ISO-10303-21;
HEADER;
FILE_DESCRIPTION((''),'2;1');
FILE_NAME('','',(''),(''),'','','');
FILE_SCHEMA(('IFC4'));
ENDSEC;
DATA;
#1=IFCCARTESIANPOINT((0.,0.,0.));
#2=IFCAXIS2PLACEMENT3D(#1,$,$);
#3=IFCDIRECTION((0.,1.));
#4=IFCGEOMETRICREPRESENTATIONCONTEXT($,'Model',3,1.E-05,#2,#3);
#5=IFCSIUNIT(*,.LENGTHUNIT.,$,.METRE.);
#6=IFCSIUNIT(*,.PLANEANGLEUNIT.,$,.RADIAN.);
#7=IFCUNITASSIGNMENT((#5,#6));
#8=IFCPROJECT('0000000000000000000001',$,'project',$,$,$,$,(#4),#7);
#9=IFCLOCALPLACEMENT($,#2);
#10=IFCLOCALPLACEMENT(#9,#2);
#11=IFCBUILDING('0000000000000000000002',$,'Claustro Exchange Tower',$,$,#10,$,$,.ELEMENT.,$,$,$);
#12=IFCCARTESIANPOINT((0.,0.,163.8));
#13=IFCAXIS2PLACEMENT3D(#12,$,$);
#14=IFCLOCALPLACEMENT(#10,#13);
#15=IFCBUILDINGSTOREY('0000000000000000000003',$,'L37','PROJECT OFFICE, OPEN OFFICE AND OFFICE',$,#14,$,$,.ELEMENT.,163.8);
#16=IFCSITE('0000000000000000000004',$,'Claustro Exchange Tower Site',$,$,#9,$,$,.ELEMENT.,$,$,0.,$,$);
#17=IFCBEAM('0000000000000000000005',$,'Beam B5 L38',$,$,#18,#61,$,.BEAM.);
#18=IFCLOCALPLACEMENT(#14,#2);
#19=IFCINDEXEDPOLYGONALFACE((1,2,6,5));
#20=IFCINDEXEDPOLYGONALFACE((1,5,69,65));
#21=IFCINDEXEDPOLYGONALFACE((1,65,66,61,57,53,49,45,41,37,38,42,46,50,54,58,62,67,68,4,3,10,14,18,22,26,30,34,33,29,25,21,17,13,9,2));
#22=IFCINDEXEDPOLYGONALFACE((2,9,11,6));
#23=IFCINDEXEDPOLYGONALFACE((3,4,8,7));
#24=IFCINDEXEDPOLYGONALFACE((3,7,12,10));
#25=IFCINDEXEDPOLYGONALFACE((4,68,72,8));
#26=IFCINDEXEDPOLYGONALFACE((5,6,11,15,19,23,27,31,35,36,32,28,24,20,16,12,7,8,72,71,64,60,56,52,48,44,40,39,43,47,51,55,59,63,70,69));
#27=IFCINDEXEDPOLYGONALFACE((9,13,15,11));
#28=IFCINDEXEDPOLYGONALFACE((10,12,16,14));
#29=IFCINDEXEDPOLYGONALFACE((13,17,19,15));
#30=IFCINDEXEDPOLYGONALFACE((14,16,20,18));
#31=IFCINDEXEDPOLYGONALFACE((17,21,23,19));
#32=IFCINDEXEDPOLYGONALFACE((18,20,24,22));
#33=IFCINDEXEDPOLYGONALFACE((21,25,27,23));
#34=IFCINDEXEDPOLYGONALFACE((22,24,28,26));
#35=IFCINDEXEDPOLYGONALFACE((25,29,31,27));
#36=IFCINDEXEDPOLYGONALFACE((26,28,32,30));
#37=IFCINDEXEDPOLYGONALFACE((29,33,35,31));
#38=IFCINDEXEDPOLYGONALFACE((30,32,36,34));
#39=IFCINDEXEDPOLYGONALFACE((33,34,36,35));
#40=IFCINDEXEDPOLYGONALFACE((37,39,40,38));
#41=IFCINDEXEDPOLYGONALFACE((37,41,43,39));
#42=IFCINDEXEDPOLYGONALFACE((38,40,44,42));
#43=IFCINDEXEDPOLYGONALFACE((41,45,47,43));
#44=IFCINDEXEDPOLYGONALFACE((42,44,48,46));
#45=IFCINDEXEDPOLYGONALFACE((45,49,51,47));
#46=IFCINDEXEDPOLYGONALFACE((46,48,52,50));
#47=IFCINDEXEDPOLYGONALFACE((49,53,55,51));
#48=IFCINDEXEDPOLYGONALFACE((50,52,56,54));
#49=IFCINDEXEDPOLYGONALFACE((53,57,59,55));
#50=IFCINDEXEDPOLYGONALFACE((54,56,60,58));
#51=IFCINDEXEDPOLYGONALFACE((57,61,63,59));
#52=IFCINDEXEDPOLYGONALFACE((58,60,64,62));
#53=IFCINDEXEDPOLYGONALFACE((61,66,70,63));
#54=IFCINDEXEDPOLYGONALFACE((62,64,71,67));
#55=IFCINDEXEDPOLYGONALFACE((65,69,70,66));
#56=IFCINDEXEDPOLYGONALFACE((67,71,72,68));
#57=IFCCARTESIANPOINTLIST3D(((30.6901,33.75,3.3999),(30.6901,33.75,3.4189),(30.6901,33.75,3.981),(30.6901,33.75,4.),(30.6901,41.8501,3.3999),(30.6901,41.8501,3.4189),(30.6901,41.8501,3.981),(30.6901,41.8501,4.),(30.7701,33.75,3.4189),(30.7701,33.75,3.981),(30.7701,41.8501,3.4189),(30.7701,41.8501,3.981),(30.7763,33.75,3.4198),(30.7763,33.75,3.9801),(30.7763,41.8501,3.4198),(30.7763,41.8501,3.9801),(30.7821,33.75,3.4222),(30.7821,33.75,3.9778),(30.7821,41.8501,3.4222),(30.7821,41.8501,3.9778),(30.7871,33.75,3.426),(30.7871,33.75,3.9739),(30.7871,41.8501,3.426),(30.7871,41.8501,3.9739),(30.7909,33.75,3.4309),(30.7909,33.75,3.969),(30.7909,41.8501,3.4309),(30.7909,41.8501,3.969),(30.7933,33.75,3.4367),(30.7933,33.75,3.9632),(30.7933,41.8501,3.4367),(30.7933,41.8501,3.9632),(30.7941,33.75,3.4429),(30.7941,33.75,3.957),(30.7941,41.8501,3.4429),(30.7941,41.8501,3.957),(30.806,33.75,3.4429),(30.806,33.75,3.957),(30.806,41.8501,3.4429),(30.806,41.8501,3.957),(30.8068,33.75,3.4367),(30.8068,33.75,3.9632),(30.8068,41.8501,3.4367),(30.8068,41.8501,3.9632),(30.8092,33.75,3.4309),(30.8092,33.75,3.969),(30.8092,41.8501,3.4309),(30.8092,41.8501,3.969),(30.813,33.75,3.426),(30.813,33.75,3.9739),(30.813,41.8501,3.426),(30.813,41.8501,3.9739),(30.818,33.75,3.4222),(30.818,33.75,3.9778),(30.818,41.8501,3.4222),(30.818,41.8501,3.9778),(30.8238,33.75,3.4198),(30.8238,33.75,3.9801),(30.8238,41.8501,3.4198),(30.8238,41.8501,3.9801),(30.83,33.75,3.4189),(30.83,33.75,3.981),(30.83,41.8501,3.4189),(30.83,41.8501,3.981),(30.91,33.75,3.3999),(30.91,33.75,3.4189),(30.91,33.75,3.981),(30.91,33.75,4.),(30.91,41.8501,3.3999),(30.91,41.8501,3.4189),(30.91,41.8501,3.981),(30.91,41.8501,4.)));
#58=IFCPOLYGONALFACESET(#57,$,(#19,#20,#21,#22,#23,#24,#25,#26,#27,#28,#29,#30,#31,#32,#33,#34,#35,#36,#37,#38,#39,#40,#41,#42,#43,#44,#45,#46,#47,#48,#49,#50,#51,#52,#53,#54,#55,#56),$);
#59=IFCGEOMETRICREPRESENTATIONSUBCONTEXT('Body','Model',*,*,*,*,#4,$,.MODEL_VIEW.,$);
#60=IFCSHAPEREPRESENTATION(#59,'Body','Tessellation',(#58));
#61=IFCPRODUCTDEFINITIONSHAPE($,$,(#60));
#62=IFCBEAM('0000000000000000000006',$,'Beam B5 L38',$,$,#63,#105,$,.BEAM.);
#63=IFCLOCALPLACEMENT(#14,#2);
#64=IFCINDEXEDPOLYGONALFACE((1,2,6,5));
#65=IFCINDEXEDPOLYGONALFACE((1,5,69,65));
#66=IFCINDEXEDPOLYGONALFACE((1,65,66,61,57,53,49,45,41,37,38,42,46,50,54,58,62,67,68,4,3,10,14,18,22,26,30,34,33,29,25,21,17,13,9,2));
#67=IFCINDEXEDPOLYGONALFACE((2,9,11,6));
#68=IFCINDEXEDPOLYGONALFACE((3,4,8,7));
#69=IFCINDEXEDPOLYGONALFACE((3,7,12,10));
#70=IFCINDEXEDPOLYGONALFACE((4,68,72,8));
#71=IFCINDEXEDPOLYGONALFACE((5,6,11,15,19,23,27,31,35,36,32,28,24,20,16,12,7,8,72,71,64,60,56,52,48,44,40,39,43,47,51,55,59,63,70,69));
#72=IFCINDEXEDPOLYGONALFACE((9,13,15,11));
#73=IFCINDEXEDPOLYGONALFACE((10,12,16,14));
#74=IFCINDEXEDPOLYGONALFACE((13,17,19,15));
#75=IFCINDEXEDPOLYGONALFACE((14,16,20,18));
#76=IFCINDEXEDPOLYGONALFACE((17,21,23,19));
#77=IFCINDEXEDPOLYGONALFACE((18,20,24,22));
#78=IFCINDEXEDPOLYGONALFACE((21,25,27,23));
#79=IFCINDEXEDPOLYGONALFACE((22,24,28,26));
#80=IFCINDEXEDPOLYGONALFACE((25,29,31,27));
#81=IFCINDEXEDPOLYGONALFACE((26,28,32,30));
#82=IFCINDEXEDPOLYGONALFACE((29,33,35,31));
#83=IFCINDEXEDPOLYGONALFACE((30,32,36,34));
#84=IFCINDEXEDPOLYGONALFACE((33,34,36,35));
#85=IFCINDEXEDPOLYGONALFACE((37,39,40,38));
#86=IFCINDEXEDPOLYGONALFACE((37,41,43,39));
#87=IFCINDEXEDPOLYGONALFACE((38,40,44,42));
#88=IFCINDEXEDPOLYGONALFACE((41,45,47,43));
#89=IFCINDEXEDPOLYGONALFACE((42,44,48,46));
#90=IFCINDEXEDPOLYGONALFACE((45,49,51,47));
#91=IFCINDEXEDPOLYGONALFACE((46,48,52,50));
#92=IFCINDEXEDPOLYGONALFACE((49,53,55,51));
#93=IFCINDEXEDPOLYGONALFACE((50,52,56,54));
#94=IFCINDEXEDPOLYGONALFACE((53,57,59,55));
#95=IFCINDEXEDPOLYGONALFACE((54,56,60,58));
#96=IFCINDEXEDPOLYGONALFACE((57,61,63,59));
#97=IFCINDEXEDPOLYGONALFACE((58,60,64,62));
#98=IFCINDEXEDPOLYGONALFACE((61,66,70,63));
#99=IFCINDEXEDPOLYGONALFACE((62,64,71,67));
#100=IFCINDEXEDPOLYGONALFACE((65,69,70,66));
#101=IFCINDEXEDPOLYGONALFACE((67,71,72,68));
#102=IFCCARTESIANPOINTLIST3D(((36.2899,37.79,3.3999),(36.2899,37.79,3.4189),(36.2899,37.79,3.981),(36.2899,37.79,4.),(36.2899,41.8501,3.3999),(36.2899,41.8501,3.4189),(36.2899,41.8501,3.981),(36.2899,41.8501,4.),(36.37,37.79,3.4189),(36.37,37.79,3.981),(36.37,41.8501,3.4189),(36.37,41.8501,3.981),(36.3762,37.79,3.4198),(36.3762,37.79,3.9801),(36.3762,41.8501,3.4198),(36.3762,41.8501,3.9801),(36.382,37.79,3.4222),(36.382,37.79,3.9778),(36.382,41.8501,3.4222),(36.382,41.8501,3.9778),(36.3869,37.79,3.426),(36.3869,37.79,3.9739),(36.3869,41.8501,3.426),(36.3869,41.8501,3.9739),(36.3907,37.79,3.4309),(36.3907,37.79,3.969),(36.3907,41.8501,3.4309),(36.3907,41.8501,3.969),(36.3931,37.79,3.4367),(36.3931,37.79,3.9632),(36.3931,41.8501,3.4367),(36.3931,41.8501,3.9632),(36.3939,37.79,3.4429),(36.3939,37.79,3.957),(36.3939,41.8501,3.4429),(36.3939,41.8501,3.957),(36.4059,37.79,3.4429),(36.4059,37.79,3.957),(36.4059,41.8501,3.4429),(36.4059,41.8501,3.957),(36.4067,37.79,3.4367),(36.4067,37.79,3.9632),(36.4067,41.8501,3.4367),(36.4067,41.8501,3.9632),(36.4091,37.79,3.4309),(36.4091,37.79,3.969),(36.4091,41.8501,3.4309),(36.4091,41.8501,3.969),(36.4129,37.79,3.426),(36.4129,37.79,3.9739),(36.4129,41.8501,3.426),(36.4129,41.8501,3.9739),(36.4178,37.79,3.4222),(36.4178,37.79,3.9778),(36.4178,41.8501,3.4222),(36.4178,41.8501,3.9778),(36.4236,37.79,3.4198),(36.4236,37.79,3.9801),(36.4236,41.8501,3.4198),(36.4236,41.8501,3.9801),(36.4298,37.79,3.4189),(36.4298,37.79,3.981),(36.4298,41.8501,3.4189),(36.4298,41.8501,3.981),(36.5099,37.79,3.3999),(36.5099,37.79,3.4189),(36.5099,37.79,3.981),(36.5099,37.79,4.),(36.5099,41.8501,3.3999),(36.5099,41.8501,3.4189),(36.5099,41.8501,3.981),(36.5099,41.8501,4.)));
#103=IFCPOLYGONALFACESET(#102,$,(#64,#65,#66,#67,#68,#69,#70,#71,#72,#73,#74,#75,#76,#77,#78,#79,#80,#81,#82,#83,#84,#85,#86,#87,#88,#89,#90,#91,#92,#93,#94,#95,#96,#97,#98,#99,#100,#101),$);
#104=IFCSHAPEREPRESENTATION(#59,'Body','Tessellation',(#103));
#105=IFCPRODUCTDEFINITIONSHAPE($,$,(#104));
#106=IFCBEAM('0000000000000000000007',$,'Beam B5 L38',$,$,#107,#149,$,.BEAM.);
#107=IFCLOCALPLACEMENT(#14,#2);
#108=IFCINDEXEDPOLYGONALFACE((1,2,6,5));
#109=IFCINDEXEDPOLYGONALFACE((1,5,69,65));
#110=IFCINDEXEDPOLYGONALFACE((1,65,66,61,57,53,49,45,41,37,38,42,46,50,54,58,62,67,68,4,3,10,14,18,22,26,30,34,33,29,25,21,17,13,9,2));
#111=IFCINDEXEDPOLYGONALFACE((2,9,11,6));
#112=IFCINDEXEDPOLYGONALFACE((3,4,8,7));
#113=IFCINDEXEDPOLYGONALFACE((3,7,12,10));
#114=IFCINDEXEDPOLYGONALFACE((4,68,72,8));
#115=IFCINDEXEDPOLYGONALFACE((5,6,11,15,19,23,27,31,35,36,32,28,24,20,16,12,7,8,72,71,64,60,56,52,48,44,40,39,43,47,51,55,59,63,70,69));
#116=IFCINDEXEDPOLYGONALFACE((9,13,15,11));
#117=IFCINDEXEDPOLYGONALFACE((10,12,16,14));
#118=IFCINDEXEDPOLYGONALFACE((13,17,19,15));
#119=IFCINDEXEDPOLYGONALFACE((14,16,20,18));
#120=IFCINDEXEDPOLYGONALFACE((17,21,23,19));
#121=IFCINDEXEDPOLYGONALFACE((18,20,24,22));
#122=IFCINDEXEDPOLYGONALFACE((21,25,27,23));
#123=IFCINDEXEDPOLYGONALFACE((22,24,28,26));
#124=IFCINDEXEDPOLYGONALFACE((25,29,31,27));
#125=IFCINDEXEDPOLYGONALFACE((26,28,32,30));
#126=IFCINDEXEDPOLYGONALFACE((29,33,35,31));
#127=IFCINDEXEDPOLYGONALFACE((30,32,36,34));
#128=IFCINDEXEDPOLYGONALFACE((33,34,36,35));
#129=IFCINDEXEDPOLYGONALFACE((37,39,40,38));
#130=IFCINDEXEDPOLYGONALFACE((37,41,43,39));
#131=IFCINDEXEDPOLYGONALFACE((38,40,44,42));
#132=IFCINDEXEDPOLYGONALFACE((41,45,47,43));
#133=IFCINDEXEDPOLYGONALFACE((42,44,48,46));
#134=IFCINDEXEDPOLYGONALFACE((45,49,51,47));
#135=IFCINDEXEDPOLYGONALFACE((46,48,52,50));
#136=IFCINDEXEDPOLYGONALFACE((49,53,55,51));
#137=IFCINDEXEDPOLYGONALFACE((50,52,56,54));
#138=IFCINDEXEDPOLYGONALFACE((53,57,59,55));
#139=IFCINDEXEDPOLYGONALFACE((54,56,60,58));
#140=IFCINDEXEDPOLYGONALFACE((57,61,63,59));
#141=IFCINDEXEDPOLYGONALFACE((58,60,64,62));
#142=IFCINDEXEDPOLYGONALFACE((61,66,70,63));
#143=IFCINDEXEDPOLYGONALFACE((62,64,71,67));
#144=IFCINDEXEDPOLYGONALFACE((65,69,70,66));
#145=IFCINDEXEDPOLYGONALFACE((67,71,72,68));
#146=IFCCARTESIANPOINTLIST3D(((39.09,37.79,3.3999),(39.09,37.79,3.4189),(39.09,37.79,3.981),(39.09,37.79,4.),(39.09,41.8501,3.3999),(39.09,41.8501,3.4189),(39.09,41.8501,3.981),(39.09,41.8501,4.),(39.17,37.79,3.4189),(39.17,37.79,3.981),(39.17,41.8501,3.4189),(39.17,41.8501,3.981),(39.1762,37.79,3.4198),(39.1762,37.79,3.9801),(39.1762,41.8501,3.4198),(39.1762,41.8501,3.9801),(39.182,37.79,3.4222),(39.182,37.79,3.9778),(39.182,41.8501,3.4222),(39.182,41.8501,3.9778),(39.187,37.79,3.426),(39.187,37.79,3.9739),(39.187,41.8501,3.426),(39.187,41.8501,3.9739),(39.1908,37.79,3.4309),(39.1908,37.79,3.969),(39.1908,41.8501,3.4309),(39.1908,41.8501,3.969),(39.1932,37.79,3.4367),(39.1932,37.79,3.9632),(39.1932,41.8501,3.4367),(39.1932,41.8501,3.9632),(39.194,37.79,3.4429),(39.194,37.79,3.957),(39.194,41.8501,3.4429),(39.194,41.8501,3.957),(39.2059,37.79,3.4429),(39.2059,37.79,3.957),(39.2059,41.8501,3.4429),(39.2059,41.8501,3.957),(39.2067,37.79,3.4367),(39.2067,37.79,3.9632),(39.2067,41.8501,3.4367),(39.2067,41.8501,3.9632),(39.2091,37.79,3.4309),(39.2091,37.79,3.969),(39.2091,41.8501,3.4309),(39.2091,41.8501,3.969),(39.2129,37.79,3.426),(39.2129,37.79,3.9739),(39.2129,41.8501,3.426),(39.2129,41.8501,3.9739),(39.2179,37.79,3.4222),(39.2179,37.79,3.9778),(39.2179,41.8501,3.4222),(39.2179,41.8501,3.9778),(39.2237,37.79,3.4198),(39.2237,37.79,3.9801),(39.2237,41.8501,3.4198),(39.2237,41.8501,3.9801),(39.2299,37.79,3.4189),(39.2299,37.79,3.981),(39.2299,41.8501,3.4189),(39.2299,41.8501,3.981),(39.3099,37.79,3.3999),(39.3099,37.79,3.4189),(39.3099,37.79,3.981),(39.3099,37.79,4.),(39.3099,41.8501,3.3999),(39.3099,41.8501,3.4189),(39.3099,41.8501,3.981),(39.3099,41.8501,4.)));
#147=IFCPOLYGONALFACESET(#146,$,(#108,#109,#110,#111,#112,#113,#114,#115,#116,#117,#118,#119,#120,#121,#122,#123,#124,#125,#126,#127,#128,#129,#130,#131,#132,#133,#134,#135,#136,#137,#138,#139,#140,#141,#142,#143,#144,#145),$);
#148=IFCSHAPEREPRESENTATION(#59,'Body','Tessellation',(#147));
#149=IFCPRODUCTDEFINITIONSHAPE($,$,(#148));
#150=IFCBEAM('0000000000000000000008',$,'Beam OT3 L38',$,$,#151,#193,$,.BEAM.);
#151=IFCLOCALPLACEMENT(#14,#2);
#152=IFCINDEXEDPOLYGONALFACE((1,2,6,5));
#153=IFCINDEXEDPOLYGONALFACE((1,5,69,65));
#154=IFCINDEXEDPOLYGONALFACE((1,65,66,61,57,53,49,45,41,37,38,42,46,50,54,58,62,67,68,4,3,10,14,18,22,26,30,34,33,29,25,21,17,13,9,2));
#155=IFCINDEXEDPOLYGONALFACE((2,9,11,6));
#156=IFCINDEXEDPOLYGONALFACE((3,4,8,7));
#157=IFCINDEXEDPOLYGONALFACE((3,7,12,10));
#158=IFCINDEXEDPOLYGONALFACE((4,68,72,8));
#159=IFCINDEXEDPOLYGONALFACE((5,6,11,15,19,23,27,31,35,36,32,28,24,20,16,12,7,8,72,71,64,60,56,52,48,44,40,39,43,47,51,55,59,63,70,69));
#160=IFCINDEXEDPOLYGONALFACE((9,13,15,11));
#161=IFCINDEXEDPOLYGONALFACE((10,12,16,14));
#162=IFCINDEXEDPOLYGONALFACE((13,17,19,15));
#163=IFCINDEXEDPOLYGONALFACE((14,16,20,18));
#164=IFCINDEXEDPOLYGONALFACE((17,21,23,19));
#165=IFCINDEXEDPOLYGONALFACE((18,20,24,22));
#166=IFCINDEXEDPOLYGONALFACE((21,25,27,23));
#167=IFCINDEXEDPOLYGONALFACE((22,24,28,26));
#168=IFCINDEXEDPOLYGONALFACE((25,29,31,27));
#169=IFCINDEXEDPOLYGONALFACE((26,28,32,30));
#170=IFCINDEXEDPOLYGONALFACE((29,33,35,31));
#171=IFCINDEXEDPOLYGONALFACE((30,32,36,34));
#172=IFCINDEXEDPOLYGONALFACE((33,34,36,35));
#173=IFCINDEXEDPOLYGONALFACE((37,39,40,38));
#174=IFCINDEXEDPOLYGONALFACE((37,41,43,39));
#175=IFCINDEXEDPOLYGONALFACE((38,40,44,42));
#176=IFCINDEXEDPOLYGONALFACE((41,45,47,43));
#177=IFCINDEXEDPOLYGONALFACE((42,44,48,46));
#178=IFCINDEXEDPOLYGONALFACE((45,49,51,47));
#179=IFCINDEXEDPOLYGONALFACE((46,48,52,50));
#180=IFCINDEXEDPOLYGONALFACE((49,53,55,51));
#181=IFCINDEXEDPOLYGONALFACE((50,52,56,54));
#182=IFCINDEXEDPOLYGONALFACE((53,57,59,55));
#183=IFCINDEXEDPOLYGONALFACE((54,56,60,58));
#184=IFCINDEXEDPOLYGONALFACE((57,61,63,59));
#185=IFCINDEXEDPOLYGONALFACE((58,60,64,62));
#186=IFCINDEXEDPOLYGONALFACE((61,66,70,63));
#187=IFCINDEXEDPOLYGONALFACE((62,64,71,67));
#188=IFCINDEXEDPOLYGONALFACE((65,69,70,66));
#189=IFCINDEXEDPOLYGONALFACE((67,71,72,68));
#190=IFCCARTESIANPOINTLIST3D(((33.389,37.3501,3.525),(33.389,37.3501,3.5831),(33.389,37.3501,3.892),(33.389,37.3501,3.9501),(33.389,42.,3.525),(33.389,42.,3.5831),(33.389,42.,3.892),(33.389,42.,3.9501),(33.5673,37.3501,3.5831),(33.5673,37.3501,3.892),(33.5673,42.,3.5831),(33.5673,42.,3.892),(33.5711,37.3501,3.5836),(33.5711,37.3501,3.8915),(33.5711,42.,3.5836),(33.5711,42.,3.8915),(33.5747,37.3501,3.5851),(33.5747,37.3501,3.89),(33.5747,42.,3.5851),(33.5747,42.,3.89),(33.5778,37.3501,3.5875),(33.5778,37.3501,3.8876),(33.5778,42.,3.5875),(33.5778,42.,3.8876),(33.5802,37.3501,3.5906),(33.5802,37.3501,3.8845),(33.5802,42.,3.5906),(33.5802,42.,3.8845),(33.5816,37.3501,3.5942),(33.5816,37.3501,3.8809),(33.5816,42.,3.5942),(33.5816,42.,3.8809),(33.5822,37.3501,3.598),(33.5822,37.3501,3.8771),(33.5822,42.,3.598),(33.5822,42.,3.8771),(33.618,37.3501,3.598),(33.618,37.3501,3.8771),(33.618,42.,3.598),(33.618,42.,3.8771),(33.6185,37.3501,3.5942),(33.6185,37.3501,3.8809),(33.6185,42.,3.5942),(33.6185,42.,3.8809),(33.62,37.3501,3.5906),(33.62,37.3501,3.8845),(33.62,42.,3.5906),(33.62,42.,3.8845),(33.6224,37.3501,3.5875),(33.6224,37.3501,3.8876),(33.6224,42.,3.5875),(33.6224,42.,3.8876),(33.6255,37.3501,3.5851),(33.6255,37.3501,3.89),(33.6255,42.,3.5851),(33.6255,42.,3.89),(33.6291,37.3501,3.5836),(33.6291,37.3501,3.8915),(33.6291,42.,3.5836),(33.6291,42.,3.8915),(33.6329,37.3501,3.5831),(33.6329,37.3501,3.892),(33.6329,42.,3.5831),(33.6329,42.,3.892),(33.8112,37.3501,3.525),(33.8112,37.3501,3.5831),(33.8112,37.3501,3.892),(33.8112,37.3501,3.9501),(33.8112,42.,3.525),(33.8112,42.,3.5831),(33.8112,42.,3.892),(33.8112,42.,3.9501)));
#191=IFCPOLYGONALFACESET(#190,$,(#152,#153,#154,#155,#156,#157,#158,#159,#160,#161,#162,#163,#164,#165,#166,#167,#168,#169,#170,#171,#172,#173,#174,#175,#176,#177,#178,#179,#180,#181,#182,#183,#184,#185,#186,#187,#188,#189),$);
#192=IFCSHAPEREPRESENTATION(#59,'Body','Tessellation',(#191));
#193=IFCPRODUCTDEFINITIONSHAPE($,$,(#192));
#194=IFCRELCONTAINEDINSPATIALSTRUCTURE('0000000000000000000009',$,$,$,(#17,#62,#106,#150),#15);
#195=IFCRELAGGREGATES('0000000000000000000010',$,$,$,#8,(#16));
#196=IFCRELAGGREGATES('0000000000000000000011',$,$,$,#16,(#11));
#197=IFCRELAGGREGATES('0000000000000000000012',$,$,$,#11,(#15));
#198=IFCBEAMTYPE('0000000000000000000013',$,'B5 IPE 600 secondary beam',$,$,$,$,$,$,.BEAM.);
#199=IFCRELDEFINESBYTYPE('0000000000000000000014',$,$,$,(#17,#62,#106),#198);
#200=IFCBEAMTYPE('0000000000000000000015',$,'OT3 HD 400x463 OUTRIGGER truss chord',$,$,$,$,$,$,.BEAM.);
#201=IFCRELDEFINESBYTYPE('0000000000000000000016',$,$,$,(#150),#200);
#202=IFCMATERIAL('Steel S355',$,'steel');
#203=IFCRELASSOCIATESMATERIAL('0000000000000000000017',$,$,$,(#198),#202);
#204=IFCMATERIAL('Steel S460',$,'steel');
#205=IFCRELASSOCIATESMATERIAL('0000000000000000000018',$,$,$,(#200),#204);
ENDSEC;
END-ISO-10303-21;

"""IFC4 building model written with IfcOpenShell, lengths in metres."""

from ifc_helpers import new_model, si_unit, direction, frame, origin, origin_2d, place, context, subcontext, project, spatial, i_section, extrude, material, material_profile, profile_set, type_object, element, save


model = new_model("IFC4")

# Units and contexts
model_context = context("Model", 3, precision=1e-05, world=origin(), true_north=direction((0.0, 1.0)))
body_context = subcontext(model_context, "Body", "Model", "MODEL_VIEW")
ifc_project = project(units=[si_unit("LENGTHUNIT", "METRE"), si_unit("PLANEANGLEUNIT", "RADIAN")], contexts=[model_context])

# Site, building, storey
site_placement = place(None, origin())
site = spatial("IfcSite", under=ifc_project, at=site_placement, Name="Claustro Exchange Tower Site", CompositionType="ELEMENT", RefElevation=0.0)
building_placement = place(site_placement, origin())
building = spatial("IfcBuilding", under=site, at=building_placement, Name="Claustro Exchange Tower", CompositionType="ELEMENT")
storey_placement = place(building_placement, frame((0.0, 0.0, 163.8)))
storey = spatial("IfcBuildingStorey", under=building, at=storey_placement, Name="L37", Description="PROJECT OFFICE, OPEN OFFICE AND OFFICE", CompositionType="ELEMENT", Elevation=163.8)

# Beams
ifc_material_1 = material(Name="Steel S355", Category="steel")
ifc_material_profile_1 = material_profile(ifc_material_1, i_section(OverallWidth=0.22, OverallDepth=0.6001, WebThickness=0.012, FlangeThickness=0.019, FilletRadius=0.0239, at=origin_2d()), Name="IPE 600")
ifc_profile_set_1 = profile_set([ifc_material_profile_1], Name="Steel S355")
beam_type_1 = type_object("IfcBeamType", Name="B5 IPE 600 secondary beam", PredefinedType="BEAM", material=ifc_profile_set_1)
for number, where, z_axis, x_axis, name in (
    (1, (30.8, 33.75, 3.7), (0.0, 1.0, 0.0), (-1.0, 0.0, 0.0), "Beam B5 L38"),
):
    element("IfcBeam", number, at=place(storey_placement, frame(where, z_axis=z_axis, x_axis=x_axis)), inside=storey, type_object=beam_type_1, Name=name, PredefinedType="BEAM", context=body_context, shape_type="SweptSolid", body=[
        extrude(i_section(OverallWidth=0.22, OverallDepth=0.6001, WebThickness=0.012, FlangeThickness=0.019, FilletRadius=0.0239, at=origin_2d()), origin(), (0.0, 0.0, 1.0), 8.1001),
    ])
for number, where, z_axis, x_axis, name in (
    (2, (36.3999, 37.79, 3.7), (0.0, 1.0, 0.0), (-1.0, 0.0, 0.0), "Beam B5 L38"),
    (3, (39.2, 37.79, 3.7), (0.0, 1.0, 0.0), (-1.0, 0.0, 0.0), "Beam B5 L38"),
):
    element("IfcBeam", number, at=place(storey_placement, frame(where, z_axis=z_axis, x_axis=x_axis)), inside=storey, type_object=beam_type_1, Name=name, PredefinedType="BEAM", context=body_context, shape_type="SweptSolid", body=[
        extrude(i_section(OverallWidth=0.22, OverallDepth=0.6001, WebThickness=0.012, FlangeThickness=0.019, FilletRadius=0.0239, at=origin_2d()), origin(), (0.0, 0.0, 1.0), 4.0601),
    ])
ifc_material_2 = material(Name="Steel S460", Category="steel")
ifc_material_profile_2 = material_profile(ifc_material_2, i_section(OverallWidth=0.4221, OverallDepth=0.425, WebThickness=0.0359, FlangeThickness=0.0581, FilletRadius=0.0149, at=origin_2d()), Name="HD 400x463")
ifc_profile_set_2 = profile_set([ifc_material_profile_2], Name="Steel S460")
beam_type_2 = type_object("IfcBeamType", Name="OT3 HD 400x463 OUTRIGGER truss chord", PredefinedType="BEAM", material=ifc_profile_set_2)
beam_1_placement = place(storey_placement, frame((33.6001, 37.3501, 3.7375), z_axis=(0.0, 1.0, 0.0), x_axis=(-1.0, 0.0, 0.0)))
element("IfcBeam", 4, at=beam_1_placement, inside=storey, type_object=beam_type_2, Name="Beam OT3 L38", PredefinedType="BEAM", context=body_context, shape_type="SweptSolid", body=[
    extrude(i_section(OverallWidth=0.4221, OverallDepth=0.425, WebThickness=0.0359, FlangeThickness=0.0581, FilletRadius=0.0149, at=origin_2d()), origin(), (0.0, 0.0, 1.0), 4.6499),
])

save(model, "model.ifc")
